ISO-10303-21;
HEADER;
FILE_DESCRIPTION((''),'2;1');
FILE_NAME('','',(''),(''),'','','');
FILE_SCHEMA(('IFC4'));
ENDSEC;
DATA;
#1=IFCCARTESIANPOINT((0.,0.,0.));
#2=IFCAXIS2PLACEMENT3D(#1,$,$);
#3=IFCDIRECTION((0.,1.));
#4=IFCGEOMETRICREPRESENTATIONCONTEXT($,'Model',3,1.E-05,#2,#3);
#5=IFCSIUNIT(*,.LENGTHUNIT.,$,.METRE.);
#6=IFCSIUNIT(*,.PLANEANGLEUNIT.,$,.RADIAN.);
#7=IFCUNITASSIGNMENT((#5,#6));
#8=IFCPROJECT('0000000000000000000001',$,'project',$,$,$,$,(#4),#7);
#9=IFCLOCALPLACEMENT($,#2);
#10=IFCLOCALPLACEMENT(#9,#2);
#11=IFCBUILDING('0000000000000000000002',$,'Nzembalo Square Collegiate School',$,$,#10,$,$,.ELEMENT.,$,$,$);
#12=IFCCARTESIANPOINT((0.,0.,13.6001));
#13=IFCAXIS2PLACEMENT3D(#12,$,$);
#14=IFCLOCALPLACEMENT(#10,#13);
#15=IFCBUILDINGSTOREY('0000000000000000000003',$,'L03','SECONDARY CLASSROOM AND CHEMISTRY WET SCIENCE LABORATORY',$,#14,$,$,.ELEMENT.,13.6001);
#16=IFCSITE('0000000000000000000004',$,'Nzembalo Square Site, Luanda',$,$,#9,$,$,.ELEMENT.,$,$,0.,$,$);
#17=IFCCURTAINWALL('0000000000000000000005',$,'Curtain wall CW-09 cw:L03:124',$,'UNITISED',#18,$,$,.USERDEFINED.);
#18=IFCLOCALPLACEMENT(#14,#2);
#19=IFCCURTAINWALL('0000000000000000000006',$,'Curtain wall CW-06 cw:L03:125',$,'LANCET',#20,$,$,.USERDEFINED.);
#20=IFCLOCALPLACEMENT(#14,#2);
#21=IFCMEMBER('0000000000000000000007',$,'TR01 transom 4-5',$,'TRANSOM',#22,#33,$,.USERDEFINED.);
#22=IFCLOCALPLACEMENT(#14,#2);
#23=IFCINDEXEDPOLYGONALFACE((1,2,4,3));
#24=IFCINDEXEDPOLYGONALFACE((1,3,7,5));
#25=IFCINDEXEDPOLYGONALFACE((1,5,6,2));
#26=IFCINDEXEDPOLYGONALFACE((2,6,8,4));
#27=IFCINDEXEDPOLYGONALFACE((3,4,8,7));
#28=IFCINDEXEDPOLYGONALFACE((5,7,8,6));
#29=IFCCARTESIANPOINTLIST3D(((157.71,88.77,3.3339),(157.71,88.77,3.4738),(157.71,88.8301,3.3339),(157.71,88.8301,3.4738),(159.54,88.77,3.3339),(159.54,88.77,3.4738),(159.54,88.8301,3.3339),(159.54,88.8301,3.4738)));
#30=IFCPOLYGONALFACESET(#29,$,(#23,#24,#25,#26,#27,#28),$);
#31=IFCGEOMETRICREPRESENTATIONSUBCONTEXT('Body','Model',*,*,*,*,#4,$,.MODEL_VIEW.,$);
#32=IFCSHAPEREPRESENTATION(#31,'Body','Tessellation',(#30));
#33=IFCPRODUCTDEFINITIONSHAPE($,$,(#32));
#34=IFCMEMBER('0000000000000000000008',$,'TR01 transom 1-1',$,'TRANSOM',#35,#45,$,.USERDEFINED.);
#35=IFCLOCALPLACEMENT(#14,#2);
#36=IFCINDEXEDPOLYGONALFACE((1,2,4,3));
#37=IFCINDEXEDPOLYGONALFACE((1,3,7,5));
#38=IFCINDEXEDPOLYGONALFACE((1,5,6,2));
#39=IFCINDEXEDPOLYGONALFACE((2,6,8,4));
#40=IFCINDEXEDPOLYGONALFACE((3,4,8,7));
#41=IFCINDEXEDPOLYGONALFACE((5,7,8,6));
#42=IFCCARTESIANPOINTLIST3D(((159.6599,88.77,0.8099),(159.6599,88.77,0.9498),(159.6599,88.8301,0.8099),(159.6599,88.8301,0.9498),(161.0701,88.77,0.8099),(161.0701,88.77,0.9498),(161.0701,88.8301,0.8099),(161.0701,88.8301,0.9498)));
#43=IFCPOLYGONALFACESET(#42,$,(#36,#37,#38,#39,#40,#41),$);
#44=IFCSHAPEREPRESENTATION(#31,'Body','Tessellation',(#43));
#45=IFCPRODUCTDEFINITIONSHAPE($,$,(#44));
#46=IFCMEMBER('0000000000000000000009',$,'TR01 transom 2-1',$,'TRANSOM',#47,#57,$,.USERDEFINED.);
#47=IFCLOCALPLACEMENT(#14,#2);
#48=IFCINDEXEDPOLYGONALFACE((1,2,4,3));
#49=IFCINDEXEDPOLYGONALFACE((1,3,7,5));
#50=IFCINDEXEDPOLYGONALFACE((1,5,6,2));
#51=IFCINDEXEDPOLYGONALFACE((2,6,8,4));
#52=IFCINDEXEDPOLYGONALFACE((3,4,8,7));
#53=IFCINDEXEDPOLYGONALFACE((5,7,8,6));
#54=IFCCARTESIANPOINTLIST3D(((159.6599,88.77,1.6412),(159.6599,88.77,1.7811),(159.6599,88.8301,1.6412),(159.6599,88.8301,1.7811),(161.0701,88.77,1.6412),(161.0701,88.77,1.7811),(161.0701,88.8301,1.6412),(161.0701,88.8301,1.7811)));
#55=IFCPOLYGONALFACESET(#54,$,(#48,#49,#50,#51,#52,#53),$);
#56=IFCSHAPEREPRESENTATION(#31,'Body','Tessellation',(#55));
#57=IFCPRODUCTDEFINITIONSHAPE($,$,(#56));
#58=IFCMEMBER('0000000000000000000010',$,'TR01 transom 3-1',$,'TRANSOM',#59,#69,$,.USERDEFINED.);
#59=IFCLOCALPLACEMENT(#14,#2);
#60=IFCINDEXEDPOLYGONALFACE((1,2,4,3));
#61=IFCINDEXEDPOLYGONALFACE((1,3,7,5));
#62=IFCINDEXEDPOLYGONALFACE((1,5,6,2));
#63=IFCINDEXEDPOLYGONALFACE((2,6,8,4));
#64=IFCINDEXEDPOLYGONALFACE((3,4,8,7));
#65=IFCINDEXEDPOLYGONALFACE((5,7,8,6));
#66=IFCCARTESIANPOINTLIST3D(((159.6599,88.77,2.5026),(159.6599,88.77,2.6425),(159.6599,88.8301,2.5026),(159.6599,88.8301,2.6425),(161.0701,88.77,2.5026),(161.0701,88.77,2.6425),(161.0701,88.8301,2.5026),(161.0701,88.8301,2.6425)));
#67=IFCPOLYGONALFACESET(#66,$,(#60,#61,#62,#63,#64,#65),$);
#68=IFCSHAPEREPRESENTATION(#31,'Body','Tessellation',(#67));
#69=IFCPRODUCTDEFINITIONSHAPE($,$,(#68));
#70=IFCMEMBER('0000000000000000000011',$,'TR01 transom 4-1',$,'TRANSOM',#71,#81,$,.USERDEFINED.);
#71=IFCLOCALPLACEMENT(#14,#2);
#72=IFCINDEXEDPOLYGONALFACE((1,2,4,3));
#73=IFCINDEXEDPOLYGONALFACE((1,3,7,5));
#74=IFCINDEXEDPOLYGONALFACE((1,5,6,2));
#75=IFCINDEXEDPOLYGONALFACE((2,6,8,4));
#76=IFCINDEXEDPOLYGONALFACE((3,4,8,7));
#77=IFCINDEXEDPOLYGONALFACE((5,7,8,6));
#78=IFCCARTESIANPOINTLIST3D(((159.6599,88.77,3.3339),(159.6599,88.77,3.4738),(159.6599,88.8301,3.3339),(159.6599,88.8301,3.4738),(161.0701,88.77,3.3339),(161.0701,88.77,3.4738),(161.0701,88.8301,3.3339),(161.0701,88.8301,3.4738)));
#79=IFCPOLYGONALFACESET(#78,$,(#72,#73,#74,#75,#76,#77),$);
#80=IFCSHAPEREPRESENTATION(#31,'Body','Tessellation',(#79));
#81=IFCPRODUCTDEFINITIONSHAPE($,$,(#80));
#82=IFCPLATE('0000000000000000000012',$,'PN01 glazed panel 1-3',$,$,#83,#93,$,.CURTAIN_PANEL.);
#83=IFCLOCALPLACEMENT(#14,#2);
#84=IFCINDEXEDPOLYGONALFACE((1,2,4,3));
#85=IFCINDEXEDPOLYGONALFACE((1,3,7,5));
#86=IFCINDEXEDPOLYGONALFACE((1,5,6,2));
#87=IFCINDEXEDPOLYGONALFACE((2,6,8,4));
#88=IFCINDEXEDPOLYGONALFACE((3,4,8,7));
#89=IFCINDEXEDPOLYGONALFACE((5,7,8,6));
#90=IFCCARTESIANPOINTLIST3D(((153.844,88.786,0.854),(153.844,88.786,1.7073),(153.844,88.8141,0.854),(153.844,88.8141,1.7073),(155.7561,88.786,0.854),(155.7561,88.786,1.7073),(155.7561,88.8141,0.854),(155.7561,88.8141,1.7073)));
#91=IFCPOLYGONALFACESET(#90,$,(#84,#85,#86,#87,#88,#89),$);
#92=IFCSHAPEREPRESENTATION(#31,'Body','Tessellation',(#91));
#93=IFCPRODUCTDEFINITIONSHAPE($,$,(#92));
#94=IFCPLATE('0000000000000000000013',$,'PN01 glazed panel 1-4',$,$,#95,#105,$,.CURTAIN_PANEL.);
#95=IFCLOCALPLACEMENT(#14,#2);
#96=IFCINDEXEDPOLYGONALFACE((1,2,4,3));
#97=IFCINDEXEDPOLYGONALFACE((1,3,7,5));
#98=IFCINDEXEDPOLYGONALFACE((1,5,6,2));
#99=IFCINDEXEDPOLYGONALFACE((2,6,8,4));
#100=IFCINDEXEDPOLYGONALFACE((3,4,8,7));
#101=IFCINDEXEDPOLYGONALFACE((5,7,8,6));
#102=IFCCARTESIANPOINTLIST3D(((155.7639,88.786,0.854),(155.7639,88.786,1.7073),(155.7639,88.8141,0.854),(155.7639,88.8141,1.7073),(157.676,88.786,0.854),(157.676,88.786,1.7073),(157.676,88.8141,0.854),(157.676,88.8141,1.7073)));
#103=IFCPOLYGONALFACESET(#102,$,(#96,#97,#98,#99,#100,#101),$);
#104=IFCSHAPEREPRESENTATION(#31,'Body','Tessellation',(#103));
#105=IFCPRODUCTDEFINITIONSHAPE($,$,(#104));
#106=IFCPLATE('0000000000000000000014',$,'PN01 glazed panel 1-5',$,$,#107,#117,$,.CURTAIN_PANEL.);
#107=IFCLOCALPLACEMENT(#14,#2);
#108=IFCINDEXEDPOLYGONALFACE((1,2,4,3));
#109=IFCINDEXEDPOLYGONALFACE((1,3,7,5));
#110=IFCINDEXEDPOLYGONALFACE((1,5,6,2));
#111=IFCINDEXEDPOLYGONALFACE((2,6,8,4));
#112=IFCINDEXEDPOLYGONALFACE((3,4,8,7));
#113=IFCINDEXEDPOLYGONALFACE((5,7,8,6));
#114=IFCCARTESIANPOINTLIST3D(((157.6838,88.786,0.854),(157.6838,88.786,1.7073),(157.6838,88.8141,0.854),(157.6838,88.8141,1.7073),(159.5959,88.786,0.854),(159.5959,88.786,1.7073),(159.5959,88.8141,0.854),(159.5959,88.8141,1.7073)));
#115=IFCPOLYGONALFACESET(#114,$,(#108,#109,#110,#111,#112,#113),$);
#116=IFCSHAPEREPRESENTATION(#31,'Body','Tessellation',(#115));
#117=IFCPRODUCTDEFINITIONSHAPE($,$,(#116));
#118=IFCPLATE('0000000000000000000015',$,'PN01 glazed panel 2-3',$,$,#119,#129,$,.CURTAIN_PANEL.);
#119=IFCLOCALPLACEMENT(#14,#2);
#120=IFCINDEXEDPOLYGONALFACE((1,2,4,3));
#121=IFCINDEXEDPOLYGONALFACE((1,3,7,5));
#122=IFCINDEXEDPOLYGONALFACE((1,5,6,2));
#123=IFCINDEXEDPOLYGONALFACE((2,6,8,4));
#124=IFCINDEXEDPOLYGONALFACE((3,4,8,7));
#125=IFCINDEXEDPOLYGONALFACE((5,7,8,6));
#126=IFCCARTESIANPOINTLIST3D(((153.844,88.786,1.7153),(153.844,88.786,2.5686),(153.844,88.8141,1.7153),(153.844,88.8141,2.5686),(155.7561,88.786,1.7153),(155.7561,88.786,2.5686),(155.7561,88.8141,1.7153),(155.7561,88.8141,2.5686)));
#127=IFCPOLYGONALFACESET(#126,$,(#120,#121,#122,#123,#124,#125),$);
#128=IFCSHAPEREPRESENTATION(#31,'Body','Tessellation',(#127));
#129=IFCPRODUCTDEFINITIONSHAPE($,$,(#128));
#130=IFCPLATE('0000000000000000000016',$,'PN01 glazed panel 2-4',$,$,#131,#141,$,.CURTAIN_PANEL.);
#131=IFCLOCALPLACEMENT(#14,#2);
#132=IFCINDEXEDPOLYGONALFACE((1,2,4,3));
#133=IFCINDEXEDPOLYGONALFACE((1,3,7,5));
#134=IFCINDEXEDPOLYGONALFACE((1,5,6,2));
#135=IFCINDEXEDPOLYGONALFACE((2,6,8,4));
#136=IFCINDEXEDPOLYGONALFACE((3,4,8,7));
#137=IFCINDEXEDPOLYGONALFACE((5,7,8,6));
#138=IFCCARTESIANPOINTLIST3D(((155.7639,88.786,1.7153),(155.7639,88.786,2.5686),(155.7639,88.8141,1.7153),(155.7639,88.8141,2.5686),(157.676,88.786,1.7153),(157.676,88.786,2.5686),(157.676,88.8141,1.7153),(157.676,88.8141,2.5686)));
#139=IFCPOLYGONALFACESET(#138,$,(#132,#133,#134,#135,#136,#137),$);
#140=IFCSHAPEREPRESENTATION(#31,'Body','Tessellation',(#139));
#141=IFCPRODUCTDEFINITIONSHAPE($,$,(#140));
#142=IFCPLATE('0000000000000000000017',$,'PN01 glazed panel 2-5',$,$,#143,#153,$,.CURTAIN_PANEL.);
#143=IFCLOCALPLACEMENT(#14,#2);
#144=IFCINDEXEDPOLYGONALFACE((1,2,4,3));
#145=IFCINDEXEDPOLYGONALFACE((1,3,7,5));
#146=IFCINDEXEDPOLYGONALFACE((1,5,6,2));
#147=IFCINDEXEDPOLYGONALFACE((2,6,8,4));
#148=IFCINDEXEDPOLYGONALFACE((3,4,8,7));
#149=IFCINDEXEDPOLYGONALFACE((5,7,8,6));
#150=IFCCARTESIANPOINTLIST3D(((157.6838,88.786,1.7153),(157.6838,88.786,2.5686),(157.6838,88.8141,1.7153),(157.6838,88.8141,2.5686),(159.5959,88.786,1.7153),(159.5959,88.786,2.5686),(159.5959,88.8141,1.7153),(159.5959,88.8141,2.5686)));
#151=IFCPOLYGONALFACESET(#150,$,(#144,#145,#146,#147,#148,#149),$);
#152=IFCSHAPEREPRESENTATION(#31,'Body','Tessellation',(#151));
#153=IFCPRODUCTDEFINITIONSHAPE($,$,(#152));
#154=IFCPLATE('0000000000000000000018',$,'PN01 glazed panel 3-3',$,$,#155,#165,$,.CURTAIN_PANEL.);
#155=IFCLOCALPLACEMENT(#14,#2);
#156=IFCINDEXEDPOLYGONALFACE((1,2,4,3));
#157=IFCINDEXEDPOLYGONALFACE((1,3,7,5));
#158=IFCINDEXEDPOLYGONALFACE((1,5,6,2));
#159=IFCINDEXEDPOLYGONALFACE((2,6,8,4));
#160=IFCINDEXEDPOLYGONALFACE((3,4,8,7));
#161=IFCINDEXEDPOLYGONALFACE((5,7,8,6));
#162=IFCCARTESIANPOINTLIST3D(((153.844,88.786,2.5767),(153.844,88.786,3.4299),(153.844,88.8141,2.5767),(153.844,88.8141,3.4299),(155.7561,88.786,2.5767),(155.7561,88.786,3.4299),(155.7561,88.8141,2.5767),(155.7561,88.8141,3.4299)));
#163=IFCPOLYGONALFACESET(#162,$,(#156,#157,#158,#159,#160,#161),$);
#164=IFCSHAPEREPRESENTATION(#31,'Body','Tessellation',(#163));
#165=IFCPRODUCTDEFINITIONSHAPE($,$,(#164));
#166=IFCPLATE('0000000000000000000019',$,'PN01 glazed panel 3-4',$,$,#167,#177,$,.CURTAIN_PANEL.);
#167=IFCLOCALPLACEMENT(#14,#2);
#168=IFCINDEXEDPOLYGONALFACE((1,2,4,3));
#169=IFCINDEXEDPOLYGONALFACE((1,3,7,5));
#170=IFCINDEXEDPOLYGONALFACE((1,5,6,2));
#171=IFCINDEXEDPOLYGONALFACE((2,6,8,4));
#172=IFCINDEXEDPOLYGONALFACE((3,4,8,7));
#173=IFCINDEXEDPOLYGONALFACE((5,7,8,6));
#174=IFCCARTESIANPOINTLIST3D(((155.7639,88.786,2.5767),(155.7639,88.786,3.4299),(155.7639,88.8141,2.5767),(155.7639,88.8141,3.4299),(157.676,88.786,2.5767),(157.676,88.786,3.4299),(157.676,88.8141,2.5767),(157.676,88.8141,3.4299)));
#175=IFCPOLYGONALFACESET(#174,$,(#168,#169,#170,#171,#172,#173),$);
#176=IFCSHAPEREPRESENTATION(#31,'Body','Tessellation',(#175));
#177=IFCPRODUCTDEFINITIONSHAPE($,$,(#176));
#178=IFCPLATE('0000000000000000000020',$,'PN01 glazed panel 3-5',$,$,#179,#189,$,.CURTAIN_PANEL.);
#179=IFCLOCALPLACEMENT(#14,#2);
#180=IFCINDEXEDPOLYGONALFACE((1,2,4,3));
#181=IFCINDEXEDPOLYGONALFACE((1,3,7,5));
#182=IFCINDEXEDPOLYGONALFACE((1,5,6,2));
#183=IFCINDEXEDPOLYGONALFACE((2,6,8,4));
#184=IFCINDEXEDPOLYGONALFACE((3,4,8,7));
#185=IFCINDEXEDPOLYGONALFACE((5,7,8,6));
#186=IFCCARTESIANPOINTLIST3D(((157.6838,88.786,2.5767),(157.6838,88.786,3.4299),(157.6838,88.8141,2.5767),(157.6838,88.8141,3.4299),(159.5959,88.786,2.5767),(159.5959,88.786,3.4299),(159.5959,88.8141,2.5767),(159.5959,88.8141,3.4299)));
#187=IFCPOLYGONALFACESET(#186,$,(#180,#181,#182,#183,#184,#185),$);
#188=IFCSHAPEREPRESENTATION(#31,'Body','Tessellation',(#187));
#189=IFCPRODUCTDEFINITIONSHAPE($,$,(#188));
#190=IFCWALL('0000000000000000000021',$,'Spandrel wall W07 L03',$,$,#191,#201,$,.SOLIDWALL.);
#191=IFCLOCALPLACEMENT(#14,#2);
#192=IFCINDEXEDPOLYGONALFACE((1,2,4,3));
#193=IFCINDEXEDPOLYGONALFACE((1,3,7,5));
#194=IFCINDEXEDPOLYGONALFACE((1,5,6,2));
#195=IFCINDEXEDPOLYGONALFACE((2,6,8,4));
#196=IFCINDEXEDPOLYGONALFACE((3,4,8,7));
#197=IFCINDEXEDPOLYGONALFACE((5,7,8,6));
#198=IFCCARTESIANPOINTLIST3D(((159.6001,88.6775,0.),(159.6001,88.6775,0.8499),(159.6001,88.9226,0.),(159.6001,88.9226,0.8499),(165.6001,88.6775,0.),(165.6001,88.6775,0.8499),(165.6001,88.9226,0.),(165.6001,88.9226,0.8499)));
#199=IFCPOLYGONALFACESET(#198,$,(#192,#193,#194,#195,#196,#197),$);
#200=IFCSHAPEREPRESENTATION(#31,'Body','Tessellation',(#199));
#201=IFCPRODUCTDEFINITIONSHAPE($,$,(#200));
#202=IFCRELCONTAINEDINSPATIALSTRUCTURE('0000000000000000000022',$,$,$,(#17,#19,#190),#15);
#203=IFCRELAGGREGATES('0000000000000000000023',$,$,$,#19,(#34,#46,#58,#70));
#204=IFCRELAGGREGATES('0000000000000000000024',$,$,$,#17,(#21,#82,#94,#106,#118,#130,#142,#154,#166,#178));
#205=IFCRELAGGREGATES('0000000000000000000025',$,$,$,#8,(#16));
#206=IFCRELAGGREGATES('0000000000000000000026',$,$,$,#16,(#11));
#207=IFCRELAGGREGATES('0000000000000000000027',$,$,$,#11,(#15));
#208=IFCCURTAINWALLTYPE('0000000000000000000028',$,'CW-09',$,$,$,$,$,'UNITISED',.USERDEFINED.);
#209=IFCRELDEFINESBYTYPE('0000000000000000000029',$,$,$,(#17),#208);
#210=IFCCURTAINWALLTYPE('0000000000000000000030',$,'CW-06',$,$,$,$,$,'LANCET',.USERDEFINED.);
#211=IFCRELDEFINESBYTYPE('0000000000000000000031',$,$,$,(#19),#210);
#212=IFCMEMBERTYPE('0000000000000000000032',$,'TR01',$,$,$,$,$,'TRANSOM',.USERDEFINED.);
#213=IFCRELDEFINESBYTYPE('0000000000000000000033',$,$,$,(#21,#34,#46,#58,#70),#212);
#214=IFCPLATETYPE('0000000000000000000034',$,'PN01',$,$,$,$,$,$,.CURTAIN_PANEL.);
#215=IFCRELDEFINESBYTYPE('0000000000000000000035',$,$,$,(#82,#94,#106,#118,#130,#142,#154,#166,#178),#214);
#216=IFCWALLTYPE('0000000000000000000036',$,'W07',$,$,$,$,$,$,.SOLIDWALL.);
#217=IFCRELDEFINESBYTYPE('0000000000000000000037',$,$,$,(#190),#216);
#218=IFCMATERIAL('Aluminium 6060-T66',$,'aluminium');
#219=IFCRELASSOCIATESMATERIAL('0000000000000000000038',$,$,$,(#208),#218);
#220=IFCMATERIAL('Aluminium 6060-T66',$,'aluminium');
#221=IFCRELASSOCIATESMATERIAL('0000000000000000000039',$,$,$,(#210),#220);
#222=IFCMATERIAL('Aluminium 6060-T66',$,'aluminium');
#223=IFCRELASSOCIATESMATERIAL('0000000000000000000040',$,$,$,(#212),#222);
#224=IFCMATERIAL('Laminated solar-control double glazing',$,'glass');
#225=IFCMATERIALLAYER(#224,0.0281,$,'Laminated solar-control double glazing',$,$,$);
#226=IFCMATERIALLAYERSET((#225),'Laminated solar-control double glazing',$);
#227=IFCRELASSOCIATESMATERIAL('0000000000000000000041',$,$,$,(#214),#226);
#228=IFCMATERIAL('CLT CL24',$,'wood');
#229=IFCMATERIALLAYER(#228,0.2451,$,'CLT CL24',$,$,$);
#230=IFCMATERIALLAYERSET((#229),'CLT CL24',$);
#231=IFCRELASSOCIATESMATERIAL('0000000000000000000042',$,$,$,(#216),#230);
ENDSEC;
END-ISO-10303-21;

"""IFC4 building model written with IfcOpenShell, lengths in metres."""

from ifc_helpers import new_model, si_unit, direction, frame, frame_2d, origin, origin_2d, place, context, subcontext, project, spatial, rectangle, extrude, material, layer, layer_set, material_profile, profile_set, type_object, element, aggregate, save


model = new_model("IFC4")

# Units and contexts
model_context = context("Model", 3, precision=1e-05, world=origin(), true_north=direction((0.0, 1.0)))
body_context = subcontext(model_context, "Body", "Model", "MODEL_VIEW")
ifc_project = project(units=[si_unit("LENGTHUNIT", "METRE"), si_unit("PLANEANGLEUNIT", "RADIAN")], contexts=[model_context])

# Site, building, storey
site_placement = place(None, origin())
site = spatial("IfcSite", under=ifc_project, at=site_placement, Name="Nzembalo Square Site, Luanda", CompositionType="ELEMENT", RefElevation=0.0)
building_placement = place(site_placement, origin())
building = spatial("IfcBuilding", under=site, at=building_placement, Name="Nzembalo Square Collegiate School", CompositionType="ELEMENT")
storey_placement = place(building_placement, frame((0.0, 0.0, 13.6001)))
storey = spatial("IfcBuildingStorey", under=building, at=storey_placement, Name="L03", Description="SECONDARY CLASSROOM AND CHEMISTRY WET SCIENCE LABORATORY", CompositionType="ELEMENT", Elevation=13.6001)

# Curtain wall
ifc_material_1 = material(Name="Aluminium 6060-T66", Category="aluminium")
curtain_wall_type_1 = type_object("IfcCurtainWallType", Name="CW-09", ElementType="UNITISED", PredefinedType="USERDEFINED", material=ifc_material_1)
curtain_wall_1_placement = place(storey_placement, origin())
curtain_wall_1 = element("IfcCurtainWall", 1, at=curtain_wall_1_placement, inside=storey, type_object=curtain_wall_type_1, Name="Curtain wall CW-09 cw:L03:124", ObjectType="UNITISED", PredefinedType="USERDEFINED")

# Curtain wall
ifc_material_2 = material(Name="Aluminium 6060-T66", Category="aluminium")
curtain_wall_type_2 = type_object("IfcCurtainWallType", Name="CW-06", ElementType="LANCET", PredefinedType="USERDEFINED", material=ifc_material_2)
curtain_wall_2_placement = place(storey_placement, origin())
curtain_wall_2 = element("IfcCurtainWall", 2, at=curtain_wall_2_placement, inside=storey, type_object=curtain_wall_type_2, Name="Curtain wall CW-06 cw:L03:125", ObjectType="LANCET", PredefinedType="USERDEFINED")

# Members
ifc_material_3 = material(Name="Aluminium 6060-T66", Category="aluminium")
ifc_material_profile_1 = material_profile(ifc_material_3, rectangle(XDim=0.0601, YDim=0.1399, at=origin_2d()), Name="ALU T60x140")
ifc_profile_set_1 = profile_set([ifc_material_profile_1], Name="Aluminium 6060-T66")
member_type_1 = type_object("IfcMemberType", Name="TR01", ElementType="TRANSOM", PredefinedType="USERDEFINED", material=ifc_profile_set_1)
member_1_placement = place(storey_placement, frame((157.71, 88.8, 3.4038), z_axis=(1.0, 0.0, 0.0), x_axis=(0.0, 1.0, 0.0)))
member_1 = element("IfcMember", 3, at=member_1_placement, type_object=member_type_1, Name="TR01 transom 4-5", ObjectType="TRANSOM", PredefinedType="USERDEFINED", context=body_context, shape_type="SweptSolid", body=[
    extrude(rectangle(XDim=0.0601, YDim=0.1399, at=origin_2d()), origin(), (0.0, 0.0, 1.0), 1.8301),
])
member_2_placement = place(storey_placement, frame((159.6599, 88.8, 0.8799), z_axis=(1.0, 0.0, 0.0), x_axis=(0.0, 1.0, 0.0)))
member_2 = element("IfcMember", 4, at=member_2_placement, type_object=member_type_1, Name="TR01 transom 1-1", ObjectType="TRANSOM", PredefinedType="USERDEFINED", context=body_context, shape_type="SweptSolid", body=[
    extrude(rectangle(XDim=0.0601, YDim=0.1399, at=origin_2d()), origin(), (0.0, 0.0, 1.0), 1.4102),
])
member_3_placement = place(storey_placement, frame((159.6599, 88.8, 1.7112), z_axis=(1.0, 0.0, 0.0), x_axis=(0.0, 1.0, 0.0)))
member_3 = element("IfcMember", 5, at=member_3_placement, type_object=member_type_1, Name="TR01 transom 2-1", ObjectType="TRANSOM", PredefinedType="USERDEFINED", context=body_context, shape_type="SweptSolid", body=[
    extrude(rectangle(XDim=0.0601, YDim=0.1399, at=origin_2d()), origin(), (0.0, 0.0, 1.0), 1.4102),
])
member_4_placement = place(storey_placement, frame((159.6599, 88.8, 2.5725), z_axis=(1.0, 0.0, 0.0), x_axis=(0.0, 1.0, 0.0)))
member_4 = element("IfcMember", 6, at=member_4_placement, type_object=member_type_1, Name="TR01 transom 3-1", ObjectType="TRANSOM", PredefinedType="USERDEFINED", context=body_context, shape_type="SweptSolid", body=[
    extrude(rectangle(XDim=0.0601, YDim=0.1399, at=origin_2d()), origin(), (0.0, 0.0, 1.0), 1.4102),
])
member_5_placement = place(storey_placement, frame((159.6599, 88.8, 3.4038), z_axis=(1.0, 0.0, 0.0), x_axis=(0.0, 1.0, 0.0)))
member_5 = element("IfcMember", 7, at=member_5_placement, type_object=member_type_1, Name="TR01 transom 4-1", ObjectType="TRANSOM", PredefinedType="USERDEFINED", context=body_context, shape_type="SweptSolid", body=[
    extrude(rectangle(XDim=0.0601, YDim=0.1399, at=origin_2d()), origin(), (0.0, 0.0, 1.0), 1.4102),
])
aggregate(curtain_wall_2, [member_2, member_3, member_4, member_5])

# Plates
ifc_material_4 = material(Name="Laminated solar-control double glazing", Category="glass")
ifc_layer_1 = layer(ifc_material_4, 0.0281, Name="Laminated solar-control double glazing")
ifc_layer_set_1 = layer_set([ifc_layer_1], Name="Laminated solar-control double glazing")
plate_type = type_object("IfcPlateType", Name="PN01", PredefinedType="CURTAIN_PANEL", material=ifc_layer_set_1)
plate_1_placement = place(storey_placement, frame((154.8, 88.8, 0.854), z_axis=(0.0, 0.0, 1.0), x_axis=(1.0, 0.0, 0.0)))
plate_1 = element("IfcPlate", 8, at=plate_1_placement, type_object=plate_type, Name="PN01 glazed panel 1-3", PredefinedType="CURTAIN_PANEL", context=body_context, shape_type="SweptSolid", body=[
    extrude(rectangle(XDim=1.9121, YDim=0.0281, at=origin_2d()), origin(), (0.0, 0.0, 1.0), 0.8533),
])
plate_2_placement = place(storey_placement, frame((156.72, 88.8, 0.854), z_axis=(0.0, 0.0, 1.0), x_axis=(1.0, 0.0, 0.0)))
plate_2 = element("IfcPlate", 9, at=plate_2_placement, type_object=plate_type, Name="PN01 glazed panel 1-4", PredefinedType="CURTAIN_PANEL", context=body_context, shape_type="SweptSolid", body=[
    extrude(rectangle(XDim=1.9121, YDim=0.0281, at=origin_2d()), origin(), (0.0, 0.0, 1.0), 0.8533),
])
plate_3_placement = place(storey_placement, frame((158.6399, 88.8, 0.854), z_axis=(0.0, 0.0, 1.0), x_axis=(1.0, 0.0, 0.0)))
plate_3 = element("IfcPlate", 10, at=plate_3_placement, type_object=plate_type, Name="PN01 glazed panel 1-5", PredefinedType="CURTAIN_PANEL", context=body_context, shape_type="SweptSolid", body=[
    extrude(rectangle(XDim=1.9121, YDim=0.0281, at=origin_2d()), origin(), (0.0, 0.0, 1.0), 0.8533),
])
plate_4_placement = place(storey_placement, frame((154.8, 88.8, 1.7153), z_axis=(0.0, 0.0, 1.0), x_axis=(1.0, 0.0, 0.0)))
plate_4 = element("IfcPlate", 11, at=plate_4_placement, type_object=plate_type, Name="PN01 glazed panel 2-3", PredefinedType="CURTAIN_PANEL", context=body_context, shape_type="SweptSolid", body=[
    extrude(rectangle(XDim=1.9121, YDim=0.0281, at=origin_2d()), origin(), (0.0, 0.0, 1.0), 0.8533),
])
plate_5_placement = place(storey_placement, frame((156.72, 88.8, 1.7153), z_axis=(0.0, 0.0, 1.0), x_axis=(1.0, 0.0, 0.0)))
plate_5 = element("IfcPlate", 12, at=plate_5_placement, type_object=plate_type, Name="PN01 glazed panel 2-4", PredefinedType="CURTAIN_PANEL", context=body_context, shape_type="SweptSolid", body=[
    extrude(rectangle(XDim=1.9121, YDim=0.0281, at=origin_2d()), origin(), (0.0, 0.0, 1.0), 0.8533),
])
plate_6_placement = place(storey_placement, frame((158.6399, 88.8, 1.7153), z_axis=(0.0, 0.0, 1.0), x_axis=(1.0, 0.0, 0.0)))
plate_6 = element("IfcPlate", 13, at=plate_6_placement, type_object=plate_type, Name="PN01 glazed panel 2-5", PredefinedType="CURTAIN_PANEL", context=body_context, shape_type="SweptSolid", body=[
    extrude(rectangle(XDim=1.9121, YDim=0.0281, at=origin_2d()), origin(), (0.0, 0.0, 1.0), 0.8533),
])
plate_7_placement = place(storey_placement, frame((154.8, 88.8, 2.5767), z_axis=(0.0, 0.0, 1.0), x_axis=(1.0, 0.0, 0.0)))
plate_7 = element("IfcPlate", 14, at=plate_7_placement, type_object=plate_type, Name="PN01 glazed panel 3-3", PredefinedType="CURTAIN_PANEL", context=body_context, shape_type="SweptSolid", body=[
    extrude(rectangle(XDim=1.9121, YDim=0.0281, at=origin_2d()), origin(), (0.0, 0.0, 1.0), 0.8533),
])
plate_8_placement = place(storey_placement, frame((156.72, 88.8, 2.5767), z_axis=(0.0, 0.0, 1.0), x_axis=(1.0, 0.0, 0.0)))
plate_8 = element("IfcPlate", 15, at=plate_8_placement, type_object=plate_type, Name="PN01 glazed panel 3-4", PredefinedType="CURTAIN_PANEL", context=body_context, shape_type="SweptSolid", body=[
    extrude(rectangle(XDim=1.9121, YDim=0.0281, at=origin_2d()), origin(), (0.0, 0.0, 1.0), 0.8533),
])
plate_9_placement = place(storey_placement, frame((158.6399, 88.8, 2.5767), z_axis=(0.0, 0.0, 1.0), x_axis=(1.0, 0.0, 0.0)))
plate_9 = element("IfcPlate", 16, at=plate_9_placement, type_object=plate_type, Name="PN01 glazed panel 3-5", PredefinedType="CURTAIN_PANEL", context=body_context, shape_type="SweptSolid", body=[
    extrude(rectangle(XDim=1.9121, YDim=0.0281, at=origin_2d()), origin(), (0.0, 0.0, 1.0), 0.8533),
])
aggregate(curtain_wall_1, [member_1, plate_1, plate_2, plate_3, plate_4, plate_5, plate_6, plate_7, plate_8, plate_9])

# Wall
ifc_material_5 = material(Name="CLT CL24", Category="wood")
ifc_layer_2 = layer(ifc_material_5, 0.2451, Name="CLT CL24")
ifc_layer_set_2 = layer_set([ifc_layer_2], Name="CLT CL24")
wall_type = type_object("IfcWallType", Name="W07", PredefinedType="SOLIDWALL", material=ifc_layer_set_2)
wall_placement = place(storey_placement, frame((159.6001, 88.8, 0.0), z_axis=(0.0, 0.0, 1.0), x_axis=(1.0, 0.0, 0.0)))
element("IfcWall", 17, at=wall_placement, inside=storey, type_object=wall_type, Name="Spandrel wall W07 L03", PredefinedType="SOLIDWALL", context=body_context, shape_type="SweptSolid", body=[
    extrude(rectangle(XDim=6.0, YDim=0.2451, at=frame_2d((3.0, 0.0))), origin(), (0.0, 0.0, 1.0), 0.8499),
])

save(model, "model.ifc")
